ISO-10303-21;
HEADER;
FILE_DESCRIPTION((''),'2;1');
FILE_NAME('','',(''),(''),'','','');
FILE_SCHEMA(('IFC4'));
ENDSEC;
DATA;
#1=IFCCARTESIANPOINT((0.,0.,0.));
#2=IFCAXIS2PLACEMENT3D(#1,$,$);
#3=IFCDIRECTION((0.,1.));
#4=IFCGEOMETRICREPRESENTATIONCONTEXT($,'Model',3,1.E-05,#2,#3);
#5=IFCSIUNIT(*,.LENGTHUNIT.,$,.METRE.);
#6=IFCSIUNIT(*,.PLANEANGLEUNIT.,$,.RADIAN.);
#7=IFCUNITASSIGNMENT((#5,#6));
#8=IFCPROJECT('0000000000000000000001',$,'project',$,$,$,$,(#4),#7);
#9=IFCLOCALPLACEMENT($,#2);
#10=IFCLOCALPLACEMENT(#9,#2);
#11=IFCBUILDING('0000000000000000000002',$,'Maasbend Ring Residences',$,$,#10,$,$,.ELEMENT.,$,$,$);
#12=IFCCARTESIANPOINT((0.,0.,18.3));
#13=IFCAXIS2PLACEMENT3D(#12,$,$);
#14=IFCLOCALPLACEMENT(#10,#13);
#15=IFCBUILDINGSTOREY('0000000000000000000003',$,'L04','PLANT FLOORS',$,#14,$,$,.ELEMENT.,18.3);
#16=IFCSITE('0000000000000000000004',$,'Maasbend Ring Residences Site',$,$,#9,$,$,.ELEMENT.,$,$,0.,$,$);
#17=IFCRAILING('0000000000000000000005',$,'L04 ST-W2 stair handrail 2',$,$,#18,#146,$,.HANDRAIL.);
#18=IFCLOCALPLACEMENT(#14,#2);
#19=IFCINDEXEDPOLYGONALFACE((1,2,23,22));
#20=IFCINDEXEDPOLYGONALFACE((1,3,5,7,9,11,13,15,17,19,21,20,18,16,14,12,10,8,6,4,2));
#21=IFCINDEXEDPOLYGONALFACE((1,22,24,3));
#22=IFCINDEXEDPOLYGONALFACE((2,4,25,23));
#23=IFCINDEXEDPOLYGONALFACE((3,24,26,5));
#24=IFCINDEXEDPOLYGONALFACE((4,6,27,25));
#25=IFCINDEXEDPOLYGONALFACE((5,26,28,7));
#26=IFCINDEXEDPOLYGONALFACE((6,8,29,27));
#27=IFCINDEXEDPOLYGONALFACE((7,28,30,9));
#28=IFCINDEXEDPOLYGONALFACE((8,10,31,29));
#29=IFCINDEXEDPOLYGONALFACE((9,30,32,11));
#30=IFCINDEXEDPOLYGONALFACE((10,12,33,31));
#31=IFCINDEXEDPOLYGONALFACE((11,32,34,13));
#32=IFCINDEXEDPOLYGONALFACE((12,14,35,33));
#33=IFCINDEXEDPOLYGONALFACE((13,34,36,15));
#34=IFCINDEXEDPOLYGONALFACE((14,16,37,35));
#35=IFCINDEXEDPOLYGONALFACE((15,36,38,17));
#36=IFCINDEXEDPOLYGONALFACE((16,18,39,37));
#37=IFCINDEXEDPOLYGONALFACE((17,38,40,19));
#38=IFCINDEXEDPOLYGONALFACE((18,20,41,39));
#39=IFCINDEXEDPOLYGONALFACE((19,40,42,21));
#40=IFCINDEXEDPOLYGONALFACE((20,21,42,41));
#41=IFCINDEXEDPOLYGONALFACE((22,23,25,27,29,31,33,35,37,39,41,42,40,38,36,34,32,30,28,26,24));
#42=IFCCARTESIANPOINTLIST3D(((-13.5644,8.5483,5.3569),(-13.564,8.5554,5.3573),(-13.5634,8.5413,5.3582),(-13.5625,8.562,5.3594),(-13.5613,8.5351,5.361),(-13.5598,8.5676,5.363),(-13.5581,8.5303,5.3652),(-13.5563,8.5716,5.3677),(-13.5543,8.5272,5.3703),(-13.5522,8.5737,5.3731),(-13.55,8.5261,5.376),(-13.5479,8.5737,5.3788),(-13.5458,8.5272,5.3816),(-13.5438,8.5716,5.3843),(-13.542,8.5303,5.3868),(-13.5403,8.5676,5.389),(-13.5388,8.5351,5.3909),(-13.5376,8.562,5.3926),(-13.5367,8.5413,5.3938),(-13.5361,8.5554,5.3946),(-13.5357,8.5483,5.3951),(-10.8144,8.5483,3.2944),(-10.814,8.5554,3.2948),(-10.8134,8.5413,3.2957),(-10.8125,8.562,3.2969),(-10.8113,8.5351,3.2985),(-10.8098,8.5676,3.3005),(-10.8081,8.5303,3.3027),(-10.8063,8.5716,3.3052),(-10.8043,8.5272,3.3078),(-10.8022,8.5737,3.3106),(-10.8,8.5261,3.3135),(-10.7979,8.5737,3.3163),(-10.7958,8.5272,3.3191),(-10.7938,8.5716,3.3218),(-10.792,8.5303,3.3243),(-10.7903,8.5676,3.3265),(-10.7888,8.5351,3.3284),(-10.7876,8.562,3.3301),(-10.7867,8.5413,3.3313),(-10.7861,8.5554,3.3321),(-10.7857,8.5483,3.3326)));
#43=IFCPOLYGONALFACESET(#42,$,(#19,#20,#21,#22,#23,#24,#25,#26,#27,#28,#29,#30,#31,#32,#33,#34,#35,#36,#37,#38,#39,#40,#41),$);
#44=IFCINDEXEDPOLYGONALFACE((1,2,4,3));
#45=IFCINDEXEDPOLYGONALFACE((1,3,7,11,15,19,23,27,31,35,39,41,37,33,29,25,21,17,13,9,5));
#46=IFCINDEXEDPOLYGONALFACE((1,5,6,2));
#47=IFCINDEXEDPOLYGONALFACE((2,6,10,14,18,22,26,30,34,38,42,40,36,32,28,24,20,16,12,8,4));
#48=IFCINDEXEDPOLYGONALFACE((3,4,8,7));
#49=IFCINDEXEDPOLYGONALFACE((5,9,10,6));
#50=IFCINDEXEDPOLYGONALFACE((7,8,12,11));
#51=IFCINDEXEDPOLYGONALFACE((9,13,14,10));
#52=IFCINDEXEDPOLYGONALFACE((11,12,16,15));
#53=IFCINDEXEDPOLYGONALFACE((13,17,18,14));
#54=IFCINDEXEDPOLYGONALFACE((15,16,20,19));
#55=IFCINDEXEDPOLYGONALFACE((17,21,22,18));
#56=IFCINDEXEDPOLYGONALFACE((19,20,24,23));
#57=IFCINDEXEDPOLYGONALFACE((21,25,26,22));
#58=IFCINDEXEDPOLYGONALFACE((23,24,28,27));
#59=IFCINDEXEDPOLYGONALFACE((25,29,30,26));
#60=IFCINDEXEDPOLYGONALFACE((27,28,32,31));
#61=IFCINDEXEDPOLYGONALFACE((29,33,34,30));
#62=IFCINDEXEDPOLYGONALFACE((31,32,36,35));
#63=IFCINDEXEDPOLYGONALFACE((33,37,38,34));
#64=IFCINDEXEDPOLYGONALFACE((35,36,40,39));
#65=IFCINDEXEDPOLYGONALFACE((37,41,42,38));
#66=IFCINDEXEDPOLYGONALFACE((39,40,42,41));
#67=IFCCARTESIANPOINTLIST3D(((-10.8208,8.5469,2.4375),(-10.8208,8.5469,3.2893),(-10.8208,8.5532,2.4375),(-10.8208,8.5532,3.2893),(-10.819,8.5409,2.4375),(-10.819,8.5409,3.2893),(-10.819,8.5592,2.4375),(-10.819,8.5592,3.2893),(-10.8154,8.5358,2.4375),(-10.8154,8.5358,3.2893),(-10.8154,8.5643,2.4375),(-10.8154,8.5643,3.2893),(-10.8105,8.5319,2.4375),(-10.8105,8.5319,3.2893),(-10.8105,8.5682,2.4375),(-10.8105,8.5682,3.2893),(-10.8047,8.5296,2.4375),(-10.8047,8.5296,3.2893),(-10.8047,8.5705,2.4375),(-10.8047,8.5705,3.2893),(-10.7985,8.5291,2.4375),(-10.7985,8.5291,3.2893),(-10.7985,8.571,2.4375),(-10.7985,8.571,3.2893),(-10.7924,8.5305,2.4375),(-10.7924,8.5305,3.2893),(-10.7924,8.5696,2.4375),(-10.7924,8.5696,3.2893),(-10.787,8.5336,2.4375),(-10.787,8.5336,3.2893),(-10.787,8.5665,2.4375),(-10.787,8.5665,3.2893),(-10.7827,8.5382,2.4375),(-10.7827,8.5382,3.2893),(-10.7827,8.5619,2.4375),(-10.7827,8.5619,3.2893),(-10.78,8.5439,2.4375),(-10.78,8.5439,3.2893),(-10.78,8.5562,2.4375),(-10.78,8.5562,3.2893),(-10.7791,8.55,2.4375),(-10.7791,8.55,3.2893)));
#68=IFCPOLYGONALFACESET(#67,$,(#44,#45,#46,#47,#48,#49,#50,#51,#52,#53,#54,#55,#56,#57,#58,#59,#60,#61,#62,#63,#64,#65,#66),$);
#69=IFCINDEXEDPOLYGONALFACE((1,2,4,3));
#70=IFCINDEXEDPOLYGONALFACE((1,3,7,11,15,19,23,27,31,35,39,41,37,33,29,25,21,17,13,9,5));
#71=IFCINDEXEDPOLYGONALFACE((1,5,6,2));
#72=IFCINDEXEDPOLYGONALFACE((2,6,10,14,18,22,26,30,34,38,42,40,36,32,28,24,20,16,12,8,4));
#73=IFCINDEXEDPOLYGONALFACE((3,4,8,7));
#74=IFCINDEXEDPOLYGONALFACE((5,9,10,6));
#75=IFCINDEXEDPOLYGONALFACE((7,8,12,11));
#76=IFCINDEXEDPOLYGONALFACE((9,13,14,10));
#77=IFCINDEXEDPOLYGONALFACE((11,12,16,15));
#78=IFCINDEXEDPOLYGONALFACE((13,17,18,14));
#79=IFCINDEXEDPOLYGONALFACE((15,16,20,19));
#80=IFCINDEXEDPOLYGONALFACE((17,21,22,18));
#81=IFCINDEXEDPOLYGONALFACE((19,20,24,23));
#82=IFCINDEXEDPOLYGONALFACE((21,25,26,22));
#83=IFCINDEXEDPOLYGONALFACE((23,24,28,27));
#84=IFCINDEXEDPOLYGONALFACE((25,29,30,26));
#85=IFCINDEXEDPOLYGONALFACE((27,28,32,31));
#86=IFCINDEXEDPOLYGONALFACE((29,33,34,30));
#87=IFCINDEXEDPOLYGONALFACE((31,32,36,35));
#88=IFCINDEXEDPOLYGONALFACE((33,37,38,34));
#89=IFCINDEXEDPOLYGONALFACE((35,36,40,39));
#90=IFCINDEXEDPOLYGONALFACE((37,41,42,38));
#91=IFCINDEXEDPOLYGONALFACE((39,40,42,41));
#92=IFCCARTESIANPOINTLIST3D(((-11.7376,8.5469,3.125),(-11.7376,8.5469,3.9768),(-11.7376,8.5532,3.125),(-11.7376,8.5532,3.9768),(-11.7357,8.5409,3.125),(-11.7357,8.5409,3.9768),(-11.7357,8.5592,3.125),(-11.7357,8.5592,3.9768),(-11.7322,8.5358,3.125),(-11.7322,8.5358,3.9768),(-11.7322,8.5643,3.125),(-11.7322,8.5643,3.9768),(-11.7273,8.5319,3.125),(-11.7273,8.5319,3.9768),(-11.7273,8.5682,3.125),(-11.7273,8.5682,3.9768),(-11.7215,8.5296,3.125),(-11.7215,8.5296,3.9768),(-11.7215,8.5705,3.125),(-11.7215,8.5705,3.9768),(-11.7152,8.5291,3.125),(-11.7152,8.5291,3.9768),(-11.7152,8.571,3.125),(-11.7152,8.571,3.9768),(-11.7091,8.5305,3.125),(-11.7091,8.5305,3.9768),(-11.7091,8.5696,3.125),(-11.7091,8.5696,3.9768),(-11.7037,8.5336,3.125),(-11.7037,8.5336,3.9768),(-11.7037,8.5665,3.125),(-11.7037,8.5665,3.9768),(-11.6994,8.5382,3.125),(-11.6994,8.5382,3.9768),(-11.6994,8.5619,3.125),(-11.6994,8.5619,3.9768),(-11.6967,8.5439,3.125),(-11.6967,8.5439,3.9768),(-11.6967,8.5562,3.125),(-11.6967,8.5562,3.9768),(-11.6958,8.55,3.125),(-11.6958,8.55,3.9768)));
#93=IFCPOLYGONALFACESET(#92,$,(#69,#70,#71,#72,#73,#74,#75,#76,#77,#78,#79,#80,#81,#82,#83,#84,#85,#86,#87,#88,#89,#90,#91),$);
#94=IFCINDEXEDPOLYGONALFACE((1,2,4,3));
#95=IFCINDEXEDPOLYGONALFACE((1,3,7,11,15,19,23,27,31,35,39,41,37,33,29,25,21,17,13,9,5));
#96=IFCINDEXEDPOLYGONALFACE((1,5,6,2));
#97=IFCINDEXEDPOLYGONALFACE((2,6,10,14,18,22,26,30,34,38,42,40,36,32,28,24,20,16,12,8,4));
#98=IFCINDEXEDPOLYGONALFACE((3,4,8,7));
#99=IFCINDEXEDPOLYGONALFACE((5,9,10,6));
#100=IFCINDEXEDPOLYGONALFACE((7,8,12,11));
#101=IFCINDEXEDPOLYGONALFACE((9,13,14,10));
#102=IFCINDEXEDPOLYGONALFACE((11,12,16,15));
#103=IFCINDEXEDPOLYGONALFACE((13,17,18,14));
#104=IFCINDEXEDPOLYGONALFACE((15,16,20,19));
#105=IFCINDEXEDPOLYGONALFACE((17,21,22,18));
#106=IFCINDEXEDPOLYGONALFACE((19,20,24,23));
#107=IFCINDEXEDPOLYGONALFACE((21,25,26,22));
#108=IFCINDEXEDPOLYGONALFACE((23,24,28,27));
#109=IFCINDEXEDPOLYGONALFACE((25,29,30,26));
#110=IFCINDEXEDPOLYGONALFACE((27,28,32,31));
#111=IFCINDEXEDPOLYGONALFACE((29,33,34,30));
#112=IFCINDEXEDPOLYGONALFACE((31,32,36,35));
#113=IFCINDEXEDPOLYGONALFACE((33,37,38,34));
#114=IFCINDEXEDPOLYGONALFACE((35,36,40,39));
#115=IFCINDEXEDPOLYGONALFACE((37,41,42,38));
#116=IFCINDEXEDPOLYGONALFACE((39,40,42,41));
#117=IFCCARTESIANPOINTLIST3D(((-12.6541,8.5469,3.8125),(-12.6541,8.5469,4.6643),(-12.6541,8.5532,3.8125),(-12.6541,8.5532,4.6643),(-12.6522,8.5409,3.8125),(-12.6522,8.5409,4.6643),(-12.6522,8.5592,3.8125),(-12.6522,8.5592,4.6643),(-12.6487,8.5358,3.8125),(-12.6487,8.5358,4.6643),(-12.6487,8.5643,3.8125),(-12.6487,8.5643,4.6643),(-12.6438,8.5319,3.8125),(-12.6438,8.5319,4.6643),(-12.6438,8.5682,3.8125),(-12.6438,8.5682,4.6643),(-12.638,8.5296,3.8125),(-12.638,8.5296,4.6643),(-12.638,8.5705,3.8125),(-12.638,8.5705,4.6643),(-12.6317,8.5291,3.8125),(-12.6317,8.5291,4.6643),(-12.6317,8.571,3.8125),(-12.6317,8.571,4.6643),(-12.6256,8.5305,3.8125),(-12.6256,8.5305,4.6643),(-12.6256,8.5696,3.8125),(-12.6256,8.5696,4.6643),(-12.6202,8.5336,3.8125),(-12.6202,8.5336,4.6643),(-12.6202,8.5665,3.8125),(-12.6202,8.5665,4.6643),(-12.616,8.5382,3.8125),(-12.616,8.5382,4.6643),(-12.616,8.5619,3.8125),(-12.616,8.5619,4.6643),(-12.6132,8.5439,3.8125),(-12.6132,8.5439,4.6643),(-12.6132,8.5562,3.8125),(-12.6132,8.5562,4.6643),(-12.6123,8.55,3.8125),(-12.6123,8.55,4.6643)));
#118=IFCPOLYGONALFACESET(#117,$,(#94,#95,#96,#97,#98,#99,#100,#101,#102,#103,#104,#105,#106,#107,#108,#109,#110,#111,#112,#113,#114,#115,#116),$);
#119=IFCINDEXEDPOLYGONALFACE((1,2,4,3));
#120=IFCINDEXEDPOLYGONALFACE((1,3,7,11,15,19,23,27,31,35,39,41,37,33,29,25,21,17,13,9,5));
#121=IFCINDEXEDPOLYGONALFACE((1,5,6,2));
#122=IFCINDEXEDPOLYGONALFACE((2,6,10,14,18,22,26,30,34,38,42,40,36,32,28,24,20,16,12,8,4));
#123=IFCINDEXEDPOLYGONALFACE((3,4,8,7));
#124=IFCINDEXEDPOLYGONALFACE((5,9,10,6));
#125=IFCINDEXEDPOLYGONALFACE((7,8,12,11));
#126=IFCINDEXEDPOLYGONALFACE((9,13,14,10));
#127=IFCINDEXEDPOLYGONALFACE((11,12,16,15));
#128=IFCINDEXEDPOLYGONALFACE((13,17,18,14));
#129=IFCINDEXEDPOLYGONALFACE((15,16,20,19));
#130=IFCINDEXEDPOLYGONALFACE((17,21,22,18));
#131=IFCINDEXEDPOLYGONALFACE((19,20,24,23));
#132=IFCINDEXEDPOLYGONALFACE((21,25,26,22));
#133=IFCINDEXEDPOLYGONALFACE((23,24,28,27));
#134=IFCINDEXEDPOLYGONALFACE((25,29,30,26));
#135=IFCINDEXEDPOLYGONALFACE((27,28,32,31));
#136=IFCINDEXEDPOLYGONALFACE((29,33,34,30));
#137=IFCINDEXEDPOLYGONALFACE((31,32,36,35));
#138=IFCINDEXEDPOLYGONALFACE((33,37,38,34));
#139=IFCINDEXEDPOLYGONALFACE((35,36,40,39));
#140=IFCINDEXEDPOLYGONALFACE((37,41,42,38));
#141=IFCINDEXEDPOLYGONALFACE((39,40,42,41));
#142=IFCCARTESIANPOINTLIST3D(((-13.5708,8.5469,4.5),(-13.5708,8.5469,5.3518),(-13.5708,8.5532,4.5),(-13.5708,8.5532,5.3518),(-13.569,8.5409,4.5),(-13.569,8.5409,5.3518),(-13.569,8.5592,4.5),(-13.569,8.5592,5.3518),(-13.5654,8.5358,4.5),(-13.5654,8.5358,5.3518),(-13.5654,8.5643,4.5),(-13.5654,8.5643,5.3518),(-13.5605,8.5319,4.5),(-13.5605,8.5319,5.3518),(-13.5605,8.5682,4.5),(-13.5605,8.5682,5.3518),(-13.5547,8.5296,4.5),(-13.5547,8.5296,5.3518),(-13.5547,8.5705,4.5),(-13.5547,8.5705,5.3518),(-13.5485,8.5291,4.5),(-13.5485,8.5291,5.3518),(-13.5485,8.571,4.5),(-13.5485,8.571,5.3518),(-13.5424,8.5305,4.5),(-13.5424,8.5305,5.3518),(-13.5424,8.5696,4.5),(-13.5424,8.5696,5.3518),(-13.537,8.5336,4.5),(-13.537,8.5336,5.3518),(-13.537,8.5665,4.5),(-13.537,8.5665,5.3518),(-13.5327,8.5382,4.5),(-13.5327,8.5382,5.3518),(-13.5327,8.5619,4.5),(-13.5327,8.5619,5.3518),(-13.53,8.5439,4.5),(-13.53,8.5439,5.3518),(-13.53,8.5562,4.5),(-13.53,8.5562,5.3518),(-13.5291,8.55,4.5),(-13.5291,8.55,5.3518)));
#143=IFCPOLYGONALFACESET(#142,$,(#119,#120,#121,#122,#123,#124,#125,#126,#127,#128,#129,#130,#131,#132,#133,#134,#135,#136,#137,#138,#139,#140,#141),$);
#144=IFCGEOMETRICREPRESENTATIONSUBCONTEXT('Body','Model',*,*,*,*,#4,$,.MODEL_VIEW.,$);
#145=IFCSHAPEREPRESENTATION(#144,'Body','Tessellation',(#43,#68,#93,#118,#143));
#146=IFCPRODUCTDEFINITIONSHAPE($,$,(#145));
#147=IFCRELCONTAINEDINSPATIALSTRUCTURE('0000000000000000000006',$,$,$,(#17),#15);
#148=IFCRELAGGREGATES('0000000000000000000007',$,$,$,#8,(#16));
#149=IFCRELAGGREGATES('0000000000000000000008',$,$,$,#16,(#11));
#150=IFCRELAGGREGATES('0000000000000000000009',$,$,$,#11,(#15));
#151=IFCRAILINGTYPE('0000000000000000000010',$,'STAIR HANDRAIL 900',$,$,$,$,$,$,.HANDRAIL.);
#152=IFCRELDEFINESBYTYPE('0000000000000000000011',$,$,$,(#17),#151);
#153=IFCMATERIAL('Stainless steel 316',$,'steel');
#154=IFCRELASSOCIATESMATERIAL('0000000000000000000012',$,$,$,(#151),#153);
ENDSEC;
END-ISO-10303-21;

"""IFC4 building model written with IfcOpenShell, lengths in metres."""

from ifc_helpers import new_model, si_unit, direction, frame, origin, origin_2d, place, context, subcontext, project, spatial, circle, extrude, material, type_object, element, save


model = new_model("IFC4")

# Units and contexts
model_context = context("Model", 3, precision=1e-05, world=origin(), true_north=direction((0.0, 1.0)))
body_context = subcontext(model_context, "Body", "Model", "MODEL_VIEW")
ifc_project = project(units=[si_unit("LENGTHUNIT", "METRE"), si_unit("PLANEANGLEUNIT", "RADIAN")], contexts=[model_context])

# Site, building, storey
site_placement = place(None, origin())
site = spatial("IfcSite", under=ifc_project, at=site_placement, Name="Maasbend Ring Residences Site", CompositionType="ELEMENT", RefElevation=0.0)
building_placement = place(site_placement, origin())
building = spatial("IfcBuilding", under=site, at=building_placement, Name="Maasbend Ring Residences", CompositionType="ELEMENT")
storey_placement = place(building_placement, frame((0.0, 0.0, 18.3)))
storey = spatial("IfcBuildingStorey", under=building, at=storey_placement, Name="L04", Description="PLANT FLOORS", CompositionType="ELEMENT", Elevation=18.3)

# Railing
ifc_material_1 = material(Name="Stainless steel 316", Category="steel")
railing_type_1 = type_object("IfcRailingType", Name="STAIR HANDRAIL 900", PredefinedType="HANDRAIL", material=ifc_material_1)
railing_1_placement = place(storey_placement, frame((-10.8, 8.55, 2.4375)))
element("IfcRailing", 1, at=railing_1_placement, inside=storey, type_object=railing_type_1, Name="L04 ST-W2 stair handrail 2", PredefinedType="HANDRAIL", context=body_context, shape_type="SweptSolid", body=[
    extrude(circle(Radius=0.0239, at=origin_2d()), frame((0.0, 0.0, 0.876), z_axis=(-0.8, 0.0, 0.6), x_axis=(0.0, -1.0, 0.0)), (0.0, 0.0, 1.0), 3.4375),
    extrude(circle(Radius=0.021, at=origin_2d()), origin(), (0.0, 0.0, 1.0), 0.8518),
    extrude(circle(Radius=0.021, at=origin_2d()), frame((-0.9167, 0.0, 0.6875)), (0.0, 0.0, 1.0), 0.8518),
    extrude(circle(Radius=0.021, at=origin_2d()), frame((-1.8333, 0.0, 1.375)), (0.0, 0.0, 1.0), 0.8518),
    extrude(circle(Radius=0.021, at=origin_2d()), frame((-2.75, 0.0, 2.0625)), (0.0, 0.0, 1.0), 0.8518),
])

save(model, "model.ifc")
